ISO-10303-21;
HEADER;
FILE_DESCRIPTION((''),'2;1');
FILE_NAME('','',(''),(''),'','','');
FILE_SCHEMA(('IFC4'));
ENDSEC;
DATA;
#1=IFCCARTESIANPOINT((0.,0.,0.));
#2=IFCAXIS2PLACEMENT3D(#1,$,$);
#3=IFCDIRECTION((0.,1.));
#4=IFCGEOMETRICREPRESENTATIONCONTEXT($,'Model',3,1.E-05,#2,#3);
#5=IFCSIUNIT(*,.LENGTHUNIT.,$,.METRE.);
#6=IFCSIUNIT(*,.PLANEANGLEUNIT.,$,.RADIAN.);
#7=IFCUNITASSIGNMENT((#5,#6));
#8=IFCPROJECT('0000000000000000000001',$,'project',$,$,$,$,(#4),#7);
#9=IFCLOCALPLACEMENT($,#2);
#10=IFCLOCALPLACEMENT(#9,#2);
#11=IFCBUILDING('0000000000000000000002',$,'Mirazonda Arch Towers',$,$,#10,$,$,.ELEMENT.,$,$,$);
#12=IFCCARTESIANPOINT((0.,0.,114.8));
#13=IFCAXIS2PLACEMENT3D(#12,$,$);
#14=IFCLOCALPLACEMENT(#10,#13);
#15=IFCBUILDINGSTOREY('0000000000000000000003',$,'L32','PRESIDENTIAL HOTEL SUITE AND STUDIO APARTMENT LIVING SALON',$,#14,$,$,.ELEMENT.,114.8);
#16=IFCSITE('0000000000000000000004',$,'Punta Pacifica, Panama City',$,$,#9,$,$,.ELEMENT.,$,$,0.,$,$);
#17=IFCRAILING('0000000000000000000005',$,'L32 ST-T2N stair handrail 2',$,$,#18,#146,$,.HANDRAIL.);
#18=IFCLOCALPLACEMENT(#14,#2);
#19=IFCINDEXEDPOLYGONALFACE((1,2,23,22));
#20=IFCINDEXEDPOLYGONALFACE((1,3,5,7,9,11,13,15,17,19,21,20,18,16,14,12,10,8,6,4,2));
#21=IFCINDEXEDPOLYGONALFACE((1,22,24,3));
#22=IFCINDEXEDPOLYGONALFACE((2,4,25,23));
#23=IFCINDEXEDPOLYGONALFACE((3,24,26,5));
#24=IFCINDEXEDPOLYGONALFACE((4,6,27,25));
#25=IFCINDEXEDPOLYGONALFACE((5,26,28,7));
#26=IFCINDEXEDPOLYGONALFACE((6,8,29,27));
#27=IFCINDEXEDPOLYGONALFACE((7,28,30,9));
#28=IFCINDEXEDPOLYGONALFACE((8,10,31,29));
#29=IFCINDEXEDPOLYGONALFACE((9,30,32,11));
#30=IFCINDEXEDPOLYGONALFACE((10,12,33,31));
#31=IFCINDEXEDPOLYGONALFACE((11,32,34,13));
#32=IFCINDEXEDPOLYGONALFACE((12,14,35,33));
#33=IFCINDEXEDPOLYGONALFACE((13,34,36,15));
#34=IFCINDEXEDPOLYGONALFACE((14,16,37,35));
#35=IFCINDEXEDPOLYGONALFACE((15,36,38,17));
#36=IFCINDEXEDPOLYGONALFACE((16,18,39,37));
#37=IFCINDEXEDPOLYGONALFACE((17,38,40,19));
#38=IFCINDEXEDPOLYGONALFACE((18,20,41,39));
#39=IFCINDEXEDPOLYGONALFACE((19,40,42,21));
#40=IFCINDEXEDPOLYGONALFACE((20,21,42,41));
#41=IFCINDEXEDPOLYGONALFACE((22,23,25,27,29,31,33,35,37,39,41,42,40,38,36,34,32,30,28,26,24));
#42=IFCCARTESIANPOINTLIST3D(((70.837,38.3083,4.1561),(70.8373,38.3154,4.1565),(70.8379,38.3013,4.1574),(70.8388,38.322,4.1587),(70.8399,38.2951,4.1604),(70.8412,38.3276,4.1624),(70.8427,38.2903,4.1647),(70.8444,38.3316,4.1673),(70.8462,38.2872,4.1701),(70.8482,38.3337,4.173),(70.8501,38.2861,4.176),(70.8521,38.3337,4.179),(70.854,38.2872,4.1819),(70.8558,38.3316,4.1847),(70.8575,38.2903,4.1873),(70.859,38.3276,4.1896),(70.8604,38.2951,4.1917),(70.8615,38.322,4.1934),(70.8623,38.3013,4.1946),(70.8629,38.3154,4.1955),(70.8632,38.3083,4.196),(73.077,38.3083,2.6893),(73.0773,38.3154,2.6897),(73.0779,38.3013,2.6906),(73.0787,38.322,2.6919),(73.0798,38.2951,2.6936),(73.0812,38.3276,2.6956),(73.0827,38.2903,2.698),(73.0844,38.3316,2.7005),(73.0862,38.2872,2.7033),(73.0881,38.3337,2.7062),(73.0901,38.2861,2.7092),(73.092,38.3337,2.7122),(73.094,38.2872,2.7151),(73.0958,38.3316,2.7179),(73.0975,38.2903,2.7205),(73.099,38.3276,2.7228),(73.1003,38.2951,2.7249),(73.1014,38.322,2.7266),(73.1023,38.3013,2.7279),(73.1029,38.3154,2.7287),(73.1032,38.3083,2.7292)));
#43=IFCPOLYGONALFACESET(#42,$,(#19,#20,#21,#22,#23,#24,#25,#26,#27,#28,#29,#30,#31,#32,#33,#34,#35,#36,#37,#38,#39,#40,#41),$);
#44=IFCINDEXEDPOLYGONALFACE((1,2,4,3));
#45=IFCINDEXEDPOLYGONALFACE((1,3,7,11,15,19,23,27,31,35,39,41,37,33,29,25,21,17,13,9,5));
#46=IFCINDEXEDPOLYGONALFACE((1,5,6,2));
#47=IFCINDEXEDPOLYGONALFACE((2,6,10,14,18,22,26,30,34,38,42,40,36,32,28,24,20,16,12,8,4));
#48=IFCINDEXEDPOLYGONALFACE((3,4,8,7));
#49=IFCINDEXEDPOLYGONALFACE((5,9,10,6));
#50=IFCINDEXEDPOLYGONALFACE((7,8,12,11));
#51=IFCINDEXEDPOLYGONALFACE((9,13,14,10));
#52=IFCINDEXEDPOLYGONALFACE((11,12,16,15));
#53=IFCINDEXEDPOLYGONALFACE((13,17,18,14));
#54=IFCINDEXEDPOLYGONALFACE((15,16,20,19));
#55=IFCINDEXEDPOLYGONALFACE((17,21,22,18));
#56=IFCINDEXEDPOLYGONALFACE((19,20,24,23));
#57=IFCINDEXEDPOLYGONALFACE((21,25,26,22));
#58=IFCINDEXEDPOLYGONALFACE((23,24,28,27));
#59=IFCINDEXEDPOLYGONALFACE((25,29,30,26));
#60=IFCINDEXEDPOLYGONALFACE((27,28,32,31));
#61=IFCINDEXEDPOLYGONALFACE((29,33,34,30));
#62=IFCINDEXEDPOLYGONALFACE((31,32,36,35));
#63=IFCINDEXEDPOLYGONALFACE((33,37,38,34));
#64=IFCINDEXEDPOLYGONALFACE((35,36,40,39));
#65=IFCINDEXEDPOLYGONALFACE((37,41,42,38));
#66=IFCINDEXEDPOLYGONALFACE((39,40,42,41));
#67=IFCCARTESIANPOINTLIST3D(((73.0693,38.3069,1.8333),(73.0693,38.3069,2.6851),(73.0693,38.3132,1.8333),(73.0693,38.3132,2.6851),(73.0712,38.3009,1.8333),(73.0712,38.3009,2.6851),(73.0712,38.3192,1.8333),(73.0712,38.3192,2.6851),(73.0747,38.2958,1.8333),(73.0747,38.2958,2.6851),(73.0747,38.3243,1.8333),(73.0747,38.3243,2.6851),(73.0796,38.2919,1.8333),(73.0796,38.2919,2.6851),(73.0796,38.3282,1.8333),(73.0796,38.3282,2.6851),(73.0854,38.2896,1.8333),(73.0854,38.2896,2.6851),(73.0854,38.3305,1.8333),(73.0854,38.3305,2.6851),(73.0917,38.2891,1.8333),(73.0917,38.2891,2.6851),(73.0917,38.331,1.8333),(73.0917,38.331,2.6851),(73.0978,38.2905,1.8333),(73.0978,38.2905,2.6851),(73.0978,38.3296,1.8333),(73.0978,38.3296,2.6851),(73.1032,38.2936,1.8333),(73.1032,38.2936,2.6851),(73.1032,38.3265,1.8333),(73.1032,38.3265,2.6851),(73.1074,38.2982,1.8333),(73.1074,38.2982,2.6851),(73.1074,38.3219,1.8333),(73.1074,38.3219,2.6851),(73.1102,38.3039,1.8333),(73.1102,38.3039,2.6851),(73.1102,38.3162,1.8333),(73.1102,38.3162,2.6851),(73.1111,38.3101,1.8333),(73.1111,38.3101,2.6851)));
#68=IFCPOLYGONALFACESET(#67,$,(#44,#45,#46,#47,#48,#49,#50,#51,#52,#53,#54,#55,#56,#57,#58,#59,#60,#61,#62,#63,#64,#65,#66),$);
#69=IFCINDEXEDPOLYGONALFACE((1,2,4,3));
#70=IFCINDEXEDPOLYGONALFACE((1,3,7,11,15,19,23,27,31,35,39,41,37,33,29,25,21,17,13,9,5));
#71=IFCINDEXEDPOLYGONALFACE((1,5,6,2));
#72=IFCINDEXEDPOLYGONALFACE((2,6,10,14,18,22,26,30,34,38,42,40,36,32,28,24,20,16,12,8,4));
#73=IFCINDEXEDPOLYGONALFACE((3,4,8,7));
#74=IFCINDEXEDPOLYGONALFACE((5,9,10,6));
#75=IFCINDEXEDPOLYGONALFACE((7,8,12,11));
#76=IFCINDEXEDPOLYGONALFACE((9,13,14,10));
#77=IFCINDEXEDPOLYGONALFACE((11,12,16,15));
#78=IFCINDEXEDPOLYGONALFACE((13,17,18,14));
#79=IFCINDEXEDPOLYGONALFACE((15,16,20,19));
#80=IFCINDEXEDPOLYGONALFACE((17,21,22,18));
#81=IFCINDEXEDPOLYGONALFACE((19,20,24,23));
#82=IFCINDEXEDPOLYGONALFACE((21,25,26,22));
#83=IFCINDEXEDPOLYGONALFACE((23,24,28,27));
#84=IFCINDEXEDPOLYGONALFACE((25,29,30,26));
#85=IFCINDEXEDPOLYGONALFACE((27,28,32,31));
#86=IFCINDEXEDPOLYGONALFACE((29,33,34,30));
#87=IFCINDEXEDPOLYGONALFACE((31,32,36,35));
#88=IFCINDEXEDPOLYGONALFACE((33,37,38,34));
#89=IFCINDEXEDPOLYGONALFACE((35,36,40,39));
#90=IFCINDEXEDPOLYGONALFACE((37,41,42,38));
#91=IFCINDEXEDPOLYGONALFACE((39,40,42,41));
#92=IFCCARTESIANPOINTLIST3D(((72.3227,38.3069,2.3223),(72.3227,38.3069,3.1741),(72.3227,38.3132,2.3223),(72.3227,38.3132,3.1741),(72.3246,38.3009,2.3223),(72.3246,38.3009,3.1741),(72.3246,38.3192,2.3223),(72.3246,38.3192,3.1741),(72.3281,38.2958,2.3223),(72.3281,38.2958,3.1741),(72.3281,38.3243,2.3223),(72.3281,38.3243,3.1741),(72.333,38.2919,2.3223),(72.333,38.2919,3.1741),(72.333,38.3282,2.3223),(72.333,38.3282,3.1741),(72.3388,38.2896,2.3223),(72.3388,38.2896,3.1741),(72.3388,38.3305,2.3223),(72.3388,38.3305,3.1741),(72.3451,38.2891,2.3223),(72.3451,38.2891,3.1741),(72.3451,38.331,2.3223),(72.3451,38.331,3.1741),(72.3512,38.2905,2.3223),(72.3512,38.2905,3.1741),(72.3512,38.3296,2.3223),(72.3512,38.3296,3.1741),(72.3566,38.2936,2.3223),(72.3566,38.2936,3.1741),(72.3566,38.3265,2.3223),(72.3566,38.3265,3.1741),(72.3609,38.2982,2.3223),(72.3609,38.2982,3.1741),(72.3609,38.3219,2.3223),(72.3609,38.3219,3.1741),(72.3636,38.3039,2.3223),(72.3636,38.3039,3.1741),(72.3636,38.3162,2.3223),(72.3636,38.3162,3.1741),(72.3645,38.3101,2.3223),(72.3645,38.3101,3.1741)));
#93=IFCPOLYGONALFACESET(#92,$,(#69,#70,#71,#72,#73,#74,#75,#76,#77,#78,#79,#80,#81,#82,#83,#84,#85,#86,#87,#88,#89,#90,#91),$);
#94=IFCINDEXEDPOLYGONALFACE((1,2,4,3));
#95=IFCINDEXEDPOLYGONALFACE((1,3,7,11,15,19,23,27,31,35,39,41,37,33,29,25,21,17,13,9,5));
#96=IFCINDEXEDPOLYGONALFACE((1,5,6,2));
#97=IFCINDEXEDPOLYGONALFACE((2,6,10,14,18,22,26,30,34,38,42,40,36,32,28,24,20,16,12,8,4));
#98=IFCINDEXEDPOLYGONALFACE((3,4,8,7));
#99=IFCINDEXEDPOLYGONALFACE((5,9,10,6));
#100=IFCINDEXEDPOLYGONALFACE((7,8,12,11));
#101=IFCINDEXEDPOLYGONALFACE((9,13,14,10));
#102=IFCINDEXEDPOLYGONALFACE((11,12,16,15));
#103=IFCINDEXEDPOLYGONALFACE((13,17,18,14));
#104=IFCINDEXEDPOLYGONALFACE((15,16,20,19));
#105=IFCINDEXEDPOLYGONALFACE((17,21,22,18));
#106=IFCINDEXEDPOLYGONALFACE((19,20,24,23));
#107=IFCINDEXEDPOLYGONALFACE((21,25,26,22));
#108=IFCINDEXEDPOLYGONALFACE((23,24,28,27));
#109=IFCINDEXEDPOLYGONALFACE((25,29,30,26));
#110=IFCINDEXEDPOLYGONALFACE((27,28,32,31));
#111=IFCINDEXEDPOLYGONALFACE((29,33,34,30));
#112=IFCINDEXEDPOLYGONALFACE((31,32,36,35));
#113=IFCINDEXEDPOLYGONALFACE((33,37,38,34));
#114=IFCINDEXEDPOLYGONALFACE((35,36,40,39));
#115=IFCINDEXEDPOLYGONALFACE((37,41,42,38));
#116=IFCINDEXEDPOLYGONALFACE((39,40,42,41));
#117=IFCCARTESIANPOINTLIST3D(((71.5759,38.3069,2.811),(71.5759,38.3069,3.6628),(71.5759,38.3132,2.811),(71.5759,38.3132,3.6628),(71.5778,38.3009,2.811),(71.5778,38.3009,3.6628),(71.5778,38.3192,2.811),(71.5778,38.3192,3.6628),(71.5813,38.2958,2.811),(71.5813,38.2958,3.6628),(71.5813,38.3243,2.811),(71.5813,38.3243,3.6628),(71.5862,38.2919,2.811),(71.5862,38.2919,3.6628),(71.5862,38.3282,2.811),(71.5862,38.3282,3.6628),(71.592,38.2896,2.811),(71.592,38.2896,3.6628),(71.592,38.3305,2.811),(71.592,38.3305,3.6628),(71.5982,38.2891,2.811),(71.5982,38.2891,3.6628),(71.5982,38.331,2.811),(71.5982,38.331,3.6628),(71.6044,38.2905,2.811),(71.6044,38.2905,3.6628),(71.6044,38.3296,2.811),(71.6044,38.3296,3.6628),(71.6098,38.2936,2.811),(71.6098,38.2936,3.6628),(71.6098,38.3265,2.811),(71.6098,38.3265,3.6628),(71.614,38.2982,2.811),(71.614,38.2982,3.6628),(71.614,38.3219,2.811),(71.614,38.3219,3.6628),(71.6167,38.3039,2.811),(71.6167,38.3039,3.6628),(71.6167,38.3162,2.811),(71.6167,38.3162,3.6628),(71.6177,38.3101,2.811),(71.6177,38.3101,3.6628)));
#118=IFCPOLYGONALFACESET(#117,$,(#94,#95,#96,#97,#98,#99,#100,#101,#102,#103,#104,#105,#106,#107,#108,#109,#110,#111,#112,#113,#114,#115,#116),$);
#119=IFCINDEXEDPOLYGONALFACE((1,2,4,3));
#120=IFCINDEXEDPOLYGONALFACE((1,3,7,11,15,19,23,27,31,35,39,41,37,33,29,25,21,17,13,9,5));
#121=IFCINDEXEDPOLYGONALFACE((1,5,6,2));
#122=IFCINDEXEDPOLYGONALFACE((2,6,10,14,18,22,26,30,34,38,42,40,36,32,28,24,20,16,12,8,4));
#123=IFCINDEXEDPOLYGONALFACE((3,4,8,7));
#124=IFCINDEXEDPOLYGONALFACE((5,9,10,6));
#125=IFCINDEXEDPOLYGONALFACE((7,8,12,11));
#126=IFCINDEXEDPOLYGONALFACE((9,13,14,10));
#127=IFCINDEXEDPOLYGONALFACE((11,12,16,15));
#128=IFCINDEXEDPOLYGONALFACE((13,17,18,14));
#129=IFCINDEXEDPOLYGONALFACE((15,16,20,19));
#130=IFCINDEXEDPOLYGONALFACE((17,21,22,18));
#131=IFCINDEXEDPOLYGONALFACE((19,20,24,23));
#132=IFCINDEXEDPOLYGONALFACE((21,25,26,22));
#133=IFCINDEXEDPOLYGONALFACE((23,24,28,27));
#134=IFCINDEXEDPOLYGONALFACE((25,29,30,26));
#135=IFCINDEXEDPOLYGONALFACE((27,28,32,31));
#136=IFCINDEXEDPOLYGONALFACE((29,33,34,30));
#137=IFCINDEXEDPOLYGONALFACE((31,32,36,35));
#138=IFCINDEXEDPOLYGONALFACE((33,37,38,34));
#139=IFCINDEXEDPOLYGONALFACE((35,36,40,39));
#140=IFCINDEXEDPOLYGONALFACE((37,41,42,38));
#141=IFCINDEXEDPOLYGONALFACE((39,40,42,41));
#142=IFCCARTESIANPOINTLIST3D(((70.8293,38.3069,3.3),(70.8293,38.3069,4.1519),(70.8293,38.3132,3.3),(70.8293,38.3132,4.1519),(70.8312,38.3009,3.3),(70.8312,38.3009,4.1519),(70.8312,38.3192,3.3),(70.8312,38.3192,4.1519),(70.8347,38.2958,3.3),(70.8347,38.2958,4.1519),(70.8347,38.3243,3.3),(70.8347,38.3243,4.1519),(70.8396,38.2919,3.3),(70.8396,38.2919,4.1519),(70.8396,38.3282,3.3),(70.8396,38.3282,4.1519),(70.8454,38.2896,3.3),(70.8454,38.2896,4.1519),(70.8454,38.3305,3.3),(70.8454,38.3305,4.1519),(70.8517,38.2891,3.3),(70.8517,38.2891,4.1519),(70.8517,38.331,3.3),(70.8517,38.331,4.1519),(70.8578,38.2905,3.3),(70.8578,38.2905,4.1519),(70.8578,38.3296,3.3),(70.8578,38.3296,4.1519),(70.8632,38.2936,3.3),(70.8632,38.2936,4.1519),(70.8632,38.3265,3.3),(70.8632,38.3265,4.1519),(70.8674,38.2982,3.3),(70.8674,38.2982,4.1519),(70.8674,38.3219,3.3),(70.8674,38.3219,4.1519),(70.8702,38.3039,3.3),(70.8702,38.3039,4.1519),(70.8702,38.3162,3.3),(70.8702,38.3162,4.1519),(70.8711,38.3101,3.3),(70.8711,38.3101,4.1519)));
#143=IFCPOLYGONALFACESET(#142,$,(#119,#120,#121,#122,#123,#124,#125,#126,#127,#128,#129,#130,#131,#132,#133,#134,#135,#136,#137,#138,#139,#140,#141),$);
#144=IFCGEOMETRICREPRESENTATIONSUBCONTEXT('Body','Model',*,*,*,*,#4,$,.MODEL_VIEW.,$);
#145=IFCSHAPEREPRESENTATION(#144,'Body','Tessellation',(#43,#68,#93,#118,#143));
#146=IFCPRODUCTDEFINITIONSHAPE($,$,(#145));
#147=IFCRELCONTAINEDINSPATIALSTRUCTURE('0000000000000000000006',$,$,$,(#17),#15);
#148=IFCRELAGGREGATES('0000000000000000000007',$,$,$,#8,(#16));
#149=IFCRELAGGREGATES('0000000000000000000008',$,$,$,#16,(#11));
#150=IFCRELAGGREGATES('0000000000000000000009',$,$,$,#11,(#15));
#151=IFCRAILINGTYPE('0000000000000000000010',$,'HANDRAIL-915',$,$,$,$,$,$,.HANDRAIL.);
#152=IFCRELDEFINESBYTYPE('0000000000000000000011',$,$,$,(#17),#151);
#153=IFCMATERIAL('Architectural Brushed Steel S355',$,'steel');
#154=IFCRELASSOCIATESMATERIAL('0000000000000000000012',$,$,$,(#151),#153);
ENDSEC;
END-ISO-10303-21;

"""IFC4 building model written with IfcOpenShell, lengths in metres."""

from ifc_helpers import new_model, si_unit, direction, frame, origin, origin_2d, place, context, subcontext, project, spatial, circle, extrude, material, type_object, element, save


model = new_model("IFC4")

# Units and contexts
model_context = context("Model", 3, precision=1e-05, world=origin(), true_north=direction((0.0, 1.0)))
body_context = subcontext(model_context, "Body", "Model", "MODEL_VIEW")
ifc_project = project(units=[si_unit("LENGTHUNIT", "METRE"), si_unit("PLANEANGLEUNIT", "RADIAN")], contexts=[model_context])

# Site, building, storey
site_placement = place(None, origin())
site = spatial("IfcSite", under=ifc_project, at=site_placement, Name="Punta Pacifica, Panama City", CompositionType="ELEMENT", RefElevation=0.0)
building_placement = place(site_placement, origin())
building = spatial("IfcBuilding", under=site, at=building_placement, Name="Mirazonda Arch Towers", CompositionType="ELEMENT")
storey_placement = place(building_placement, frame((0.0, 0.0, 114.8)))
storey = spatial("IfcBuildingStorey", under=building, at=storey_placement, Name="L32", Description="PRESIDENTIAL HOTEL SUITE AND STUDIO APARTMENT LIVING SALON", CompositionType="ELEMENT", Elevation=114.8)

# Shared definitions
ifc_material_1 = material(Name="Architectural Brushed Steel S355", Category="steel")

# Railing
railing_type_1 = type_object("IfcRailingType", Name="HANDRAIL-915", PredefinedType="HANDRAIL", material=ifc_material_1)
railing_1_placement = place(storey_placement, frame((73.0901, 38.3101, 1.8333)))
element("IfcRailing", 1, at=railing_1_placement, inside=storey, type_object=railing_type_1, Name="L32 ST-T2N stair handrail 2", PredefinedType="HANDRAIL", context=body_context, shape_type="SweptSolid", body=[
    extrude(circle(Radius=0.0239, at=origin_2d()), frame((0.0, 0.0, 0.876), z_axis=(-0.836595, 0.0, 0.547822), x_axis=(0.0, -1.0, 0.0)), (0.0, 0.0, 1.0), 2.6775),
    extrude(circle(Radius=0.021, at=origin_2d()), origin(), (0.0, 0.0, 1.0), 0.8518),
    extrude(circle(Radius=0.021, at=origin_2d()), frame((-0.7466, 0.0, 0.489)), (0.0, 0.0, 1.0), 0.8518),
    extrude(circle(Radius=0.021, at=origin_2d()), frame((-1.4934, 0.0, 0.9778)), (0.0, 0.0, 1.0), 0.8518),
    extrude(circle(Radius=0.021, at=origin_2d()), frame((-2.24, 0.0, 1.4668)), (0.0, 0.0, 1.0), 0.8518),
])

save(model, "model.ifc")
